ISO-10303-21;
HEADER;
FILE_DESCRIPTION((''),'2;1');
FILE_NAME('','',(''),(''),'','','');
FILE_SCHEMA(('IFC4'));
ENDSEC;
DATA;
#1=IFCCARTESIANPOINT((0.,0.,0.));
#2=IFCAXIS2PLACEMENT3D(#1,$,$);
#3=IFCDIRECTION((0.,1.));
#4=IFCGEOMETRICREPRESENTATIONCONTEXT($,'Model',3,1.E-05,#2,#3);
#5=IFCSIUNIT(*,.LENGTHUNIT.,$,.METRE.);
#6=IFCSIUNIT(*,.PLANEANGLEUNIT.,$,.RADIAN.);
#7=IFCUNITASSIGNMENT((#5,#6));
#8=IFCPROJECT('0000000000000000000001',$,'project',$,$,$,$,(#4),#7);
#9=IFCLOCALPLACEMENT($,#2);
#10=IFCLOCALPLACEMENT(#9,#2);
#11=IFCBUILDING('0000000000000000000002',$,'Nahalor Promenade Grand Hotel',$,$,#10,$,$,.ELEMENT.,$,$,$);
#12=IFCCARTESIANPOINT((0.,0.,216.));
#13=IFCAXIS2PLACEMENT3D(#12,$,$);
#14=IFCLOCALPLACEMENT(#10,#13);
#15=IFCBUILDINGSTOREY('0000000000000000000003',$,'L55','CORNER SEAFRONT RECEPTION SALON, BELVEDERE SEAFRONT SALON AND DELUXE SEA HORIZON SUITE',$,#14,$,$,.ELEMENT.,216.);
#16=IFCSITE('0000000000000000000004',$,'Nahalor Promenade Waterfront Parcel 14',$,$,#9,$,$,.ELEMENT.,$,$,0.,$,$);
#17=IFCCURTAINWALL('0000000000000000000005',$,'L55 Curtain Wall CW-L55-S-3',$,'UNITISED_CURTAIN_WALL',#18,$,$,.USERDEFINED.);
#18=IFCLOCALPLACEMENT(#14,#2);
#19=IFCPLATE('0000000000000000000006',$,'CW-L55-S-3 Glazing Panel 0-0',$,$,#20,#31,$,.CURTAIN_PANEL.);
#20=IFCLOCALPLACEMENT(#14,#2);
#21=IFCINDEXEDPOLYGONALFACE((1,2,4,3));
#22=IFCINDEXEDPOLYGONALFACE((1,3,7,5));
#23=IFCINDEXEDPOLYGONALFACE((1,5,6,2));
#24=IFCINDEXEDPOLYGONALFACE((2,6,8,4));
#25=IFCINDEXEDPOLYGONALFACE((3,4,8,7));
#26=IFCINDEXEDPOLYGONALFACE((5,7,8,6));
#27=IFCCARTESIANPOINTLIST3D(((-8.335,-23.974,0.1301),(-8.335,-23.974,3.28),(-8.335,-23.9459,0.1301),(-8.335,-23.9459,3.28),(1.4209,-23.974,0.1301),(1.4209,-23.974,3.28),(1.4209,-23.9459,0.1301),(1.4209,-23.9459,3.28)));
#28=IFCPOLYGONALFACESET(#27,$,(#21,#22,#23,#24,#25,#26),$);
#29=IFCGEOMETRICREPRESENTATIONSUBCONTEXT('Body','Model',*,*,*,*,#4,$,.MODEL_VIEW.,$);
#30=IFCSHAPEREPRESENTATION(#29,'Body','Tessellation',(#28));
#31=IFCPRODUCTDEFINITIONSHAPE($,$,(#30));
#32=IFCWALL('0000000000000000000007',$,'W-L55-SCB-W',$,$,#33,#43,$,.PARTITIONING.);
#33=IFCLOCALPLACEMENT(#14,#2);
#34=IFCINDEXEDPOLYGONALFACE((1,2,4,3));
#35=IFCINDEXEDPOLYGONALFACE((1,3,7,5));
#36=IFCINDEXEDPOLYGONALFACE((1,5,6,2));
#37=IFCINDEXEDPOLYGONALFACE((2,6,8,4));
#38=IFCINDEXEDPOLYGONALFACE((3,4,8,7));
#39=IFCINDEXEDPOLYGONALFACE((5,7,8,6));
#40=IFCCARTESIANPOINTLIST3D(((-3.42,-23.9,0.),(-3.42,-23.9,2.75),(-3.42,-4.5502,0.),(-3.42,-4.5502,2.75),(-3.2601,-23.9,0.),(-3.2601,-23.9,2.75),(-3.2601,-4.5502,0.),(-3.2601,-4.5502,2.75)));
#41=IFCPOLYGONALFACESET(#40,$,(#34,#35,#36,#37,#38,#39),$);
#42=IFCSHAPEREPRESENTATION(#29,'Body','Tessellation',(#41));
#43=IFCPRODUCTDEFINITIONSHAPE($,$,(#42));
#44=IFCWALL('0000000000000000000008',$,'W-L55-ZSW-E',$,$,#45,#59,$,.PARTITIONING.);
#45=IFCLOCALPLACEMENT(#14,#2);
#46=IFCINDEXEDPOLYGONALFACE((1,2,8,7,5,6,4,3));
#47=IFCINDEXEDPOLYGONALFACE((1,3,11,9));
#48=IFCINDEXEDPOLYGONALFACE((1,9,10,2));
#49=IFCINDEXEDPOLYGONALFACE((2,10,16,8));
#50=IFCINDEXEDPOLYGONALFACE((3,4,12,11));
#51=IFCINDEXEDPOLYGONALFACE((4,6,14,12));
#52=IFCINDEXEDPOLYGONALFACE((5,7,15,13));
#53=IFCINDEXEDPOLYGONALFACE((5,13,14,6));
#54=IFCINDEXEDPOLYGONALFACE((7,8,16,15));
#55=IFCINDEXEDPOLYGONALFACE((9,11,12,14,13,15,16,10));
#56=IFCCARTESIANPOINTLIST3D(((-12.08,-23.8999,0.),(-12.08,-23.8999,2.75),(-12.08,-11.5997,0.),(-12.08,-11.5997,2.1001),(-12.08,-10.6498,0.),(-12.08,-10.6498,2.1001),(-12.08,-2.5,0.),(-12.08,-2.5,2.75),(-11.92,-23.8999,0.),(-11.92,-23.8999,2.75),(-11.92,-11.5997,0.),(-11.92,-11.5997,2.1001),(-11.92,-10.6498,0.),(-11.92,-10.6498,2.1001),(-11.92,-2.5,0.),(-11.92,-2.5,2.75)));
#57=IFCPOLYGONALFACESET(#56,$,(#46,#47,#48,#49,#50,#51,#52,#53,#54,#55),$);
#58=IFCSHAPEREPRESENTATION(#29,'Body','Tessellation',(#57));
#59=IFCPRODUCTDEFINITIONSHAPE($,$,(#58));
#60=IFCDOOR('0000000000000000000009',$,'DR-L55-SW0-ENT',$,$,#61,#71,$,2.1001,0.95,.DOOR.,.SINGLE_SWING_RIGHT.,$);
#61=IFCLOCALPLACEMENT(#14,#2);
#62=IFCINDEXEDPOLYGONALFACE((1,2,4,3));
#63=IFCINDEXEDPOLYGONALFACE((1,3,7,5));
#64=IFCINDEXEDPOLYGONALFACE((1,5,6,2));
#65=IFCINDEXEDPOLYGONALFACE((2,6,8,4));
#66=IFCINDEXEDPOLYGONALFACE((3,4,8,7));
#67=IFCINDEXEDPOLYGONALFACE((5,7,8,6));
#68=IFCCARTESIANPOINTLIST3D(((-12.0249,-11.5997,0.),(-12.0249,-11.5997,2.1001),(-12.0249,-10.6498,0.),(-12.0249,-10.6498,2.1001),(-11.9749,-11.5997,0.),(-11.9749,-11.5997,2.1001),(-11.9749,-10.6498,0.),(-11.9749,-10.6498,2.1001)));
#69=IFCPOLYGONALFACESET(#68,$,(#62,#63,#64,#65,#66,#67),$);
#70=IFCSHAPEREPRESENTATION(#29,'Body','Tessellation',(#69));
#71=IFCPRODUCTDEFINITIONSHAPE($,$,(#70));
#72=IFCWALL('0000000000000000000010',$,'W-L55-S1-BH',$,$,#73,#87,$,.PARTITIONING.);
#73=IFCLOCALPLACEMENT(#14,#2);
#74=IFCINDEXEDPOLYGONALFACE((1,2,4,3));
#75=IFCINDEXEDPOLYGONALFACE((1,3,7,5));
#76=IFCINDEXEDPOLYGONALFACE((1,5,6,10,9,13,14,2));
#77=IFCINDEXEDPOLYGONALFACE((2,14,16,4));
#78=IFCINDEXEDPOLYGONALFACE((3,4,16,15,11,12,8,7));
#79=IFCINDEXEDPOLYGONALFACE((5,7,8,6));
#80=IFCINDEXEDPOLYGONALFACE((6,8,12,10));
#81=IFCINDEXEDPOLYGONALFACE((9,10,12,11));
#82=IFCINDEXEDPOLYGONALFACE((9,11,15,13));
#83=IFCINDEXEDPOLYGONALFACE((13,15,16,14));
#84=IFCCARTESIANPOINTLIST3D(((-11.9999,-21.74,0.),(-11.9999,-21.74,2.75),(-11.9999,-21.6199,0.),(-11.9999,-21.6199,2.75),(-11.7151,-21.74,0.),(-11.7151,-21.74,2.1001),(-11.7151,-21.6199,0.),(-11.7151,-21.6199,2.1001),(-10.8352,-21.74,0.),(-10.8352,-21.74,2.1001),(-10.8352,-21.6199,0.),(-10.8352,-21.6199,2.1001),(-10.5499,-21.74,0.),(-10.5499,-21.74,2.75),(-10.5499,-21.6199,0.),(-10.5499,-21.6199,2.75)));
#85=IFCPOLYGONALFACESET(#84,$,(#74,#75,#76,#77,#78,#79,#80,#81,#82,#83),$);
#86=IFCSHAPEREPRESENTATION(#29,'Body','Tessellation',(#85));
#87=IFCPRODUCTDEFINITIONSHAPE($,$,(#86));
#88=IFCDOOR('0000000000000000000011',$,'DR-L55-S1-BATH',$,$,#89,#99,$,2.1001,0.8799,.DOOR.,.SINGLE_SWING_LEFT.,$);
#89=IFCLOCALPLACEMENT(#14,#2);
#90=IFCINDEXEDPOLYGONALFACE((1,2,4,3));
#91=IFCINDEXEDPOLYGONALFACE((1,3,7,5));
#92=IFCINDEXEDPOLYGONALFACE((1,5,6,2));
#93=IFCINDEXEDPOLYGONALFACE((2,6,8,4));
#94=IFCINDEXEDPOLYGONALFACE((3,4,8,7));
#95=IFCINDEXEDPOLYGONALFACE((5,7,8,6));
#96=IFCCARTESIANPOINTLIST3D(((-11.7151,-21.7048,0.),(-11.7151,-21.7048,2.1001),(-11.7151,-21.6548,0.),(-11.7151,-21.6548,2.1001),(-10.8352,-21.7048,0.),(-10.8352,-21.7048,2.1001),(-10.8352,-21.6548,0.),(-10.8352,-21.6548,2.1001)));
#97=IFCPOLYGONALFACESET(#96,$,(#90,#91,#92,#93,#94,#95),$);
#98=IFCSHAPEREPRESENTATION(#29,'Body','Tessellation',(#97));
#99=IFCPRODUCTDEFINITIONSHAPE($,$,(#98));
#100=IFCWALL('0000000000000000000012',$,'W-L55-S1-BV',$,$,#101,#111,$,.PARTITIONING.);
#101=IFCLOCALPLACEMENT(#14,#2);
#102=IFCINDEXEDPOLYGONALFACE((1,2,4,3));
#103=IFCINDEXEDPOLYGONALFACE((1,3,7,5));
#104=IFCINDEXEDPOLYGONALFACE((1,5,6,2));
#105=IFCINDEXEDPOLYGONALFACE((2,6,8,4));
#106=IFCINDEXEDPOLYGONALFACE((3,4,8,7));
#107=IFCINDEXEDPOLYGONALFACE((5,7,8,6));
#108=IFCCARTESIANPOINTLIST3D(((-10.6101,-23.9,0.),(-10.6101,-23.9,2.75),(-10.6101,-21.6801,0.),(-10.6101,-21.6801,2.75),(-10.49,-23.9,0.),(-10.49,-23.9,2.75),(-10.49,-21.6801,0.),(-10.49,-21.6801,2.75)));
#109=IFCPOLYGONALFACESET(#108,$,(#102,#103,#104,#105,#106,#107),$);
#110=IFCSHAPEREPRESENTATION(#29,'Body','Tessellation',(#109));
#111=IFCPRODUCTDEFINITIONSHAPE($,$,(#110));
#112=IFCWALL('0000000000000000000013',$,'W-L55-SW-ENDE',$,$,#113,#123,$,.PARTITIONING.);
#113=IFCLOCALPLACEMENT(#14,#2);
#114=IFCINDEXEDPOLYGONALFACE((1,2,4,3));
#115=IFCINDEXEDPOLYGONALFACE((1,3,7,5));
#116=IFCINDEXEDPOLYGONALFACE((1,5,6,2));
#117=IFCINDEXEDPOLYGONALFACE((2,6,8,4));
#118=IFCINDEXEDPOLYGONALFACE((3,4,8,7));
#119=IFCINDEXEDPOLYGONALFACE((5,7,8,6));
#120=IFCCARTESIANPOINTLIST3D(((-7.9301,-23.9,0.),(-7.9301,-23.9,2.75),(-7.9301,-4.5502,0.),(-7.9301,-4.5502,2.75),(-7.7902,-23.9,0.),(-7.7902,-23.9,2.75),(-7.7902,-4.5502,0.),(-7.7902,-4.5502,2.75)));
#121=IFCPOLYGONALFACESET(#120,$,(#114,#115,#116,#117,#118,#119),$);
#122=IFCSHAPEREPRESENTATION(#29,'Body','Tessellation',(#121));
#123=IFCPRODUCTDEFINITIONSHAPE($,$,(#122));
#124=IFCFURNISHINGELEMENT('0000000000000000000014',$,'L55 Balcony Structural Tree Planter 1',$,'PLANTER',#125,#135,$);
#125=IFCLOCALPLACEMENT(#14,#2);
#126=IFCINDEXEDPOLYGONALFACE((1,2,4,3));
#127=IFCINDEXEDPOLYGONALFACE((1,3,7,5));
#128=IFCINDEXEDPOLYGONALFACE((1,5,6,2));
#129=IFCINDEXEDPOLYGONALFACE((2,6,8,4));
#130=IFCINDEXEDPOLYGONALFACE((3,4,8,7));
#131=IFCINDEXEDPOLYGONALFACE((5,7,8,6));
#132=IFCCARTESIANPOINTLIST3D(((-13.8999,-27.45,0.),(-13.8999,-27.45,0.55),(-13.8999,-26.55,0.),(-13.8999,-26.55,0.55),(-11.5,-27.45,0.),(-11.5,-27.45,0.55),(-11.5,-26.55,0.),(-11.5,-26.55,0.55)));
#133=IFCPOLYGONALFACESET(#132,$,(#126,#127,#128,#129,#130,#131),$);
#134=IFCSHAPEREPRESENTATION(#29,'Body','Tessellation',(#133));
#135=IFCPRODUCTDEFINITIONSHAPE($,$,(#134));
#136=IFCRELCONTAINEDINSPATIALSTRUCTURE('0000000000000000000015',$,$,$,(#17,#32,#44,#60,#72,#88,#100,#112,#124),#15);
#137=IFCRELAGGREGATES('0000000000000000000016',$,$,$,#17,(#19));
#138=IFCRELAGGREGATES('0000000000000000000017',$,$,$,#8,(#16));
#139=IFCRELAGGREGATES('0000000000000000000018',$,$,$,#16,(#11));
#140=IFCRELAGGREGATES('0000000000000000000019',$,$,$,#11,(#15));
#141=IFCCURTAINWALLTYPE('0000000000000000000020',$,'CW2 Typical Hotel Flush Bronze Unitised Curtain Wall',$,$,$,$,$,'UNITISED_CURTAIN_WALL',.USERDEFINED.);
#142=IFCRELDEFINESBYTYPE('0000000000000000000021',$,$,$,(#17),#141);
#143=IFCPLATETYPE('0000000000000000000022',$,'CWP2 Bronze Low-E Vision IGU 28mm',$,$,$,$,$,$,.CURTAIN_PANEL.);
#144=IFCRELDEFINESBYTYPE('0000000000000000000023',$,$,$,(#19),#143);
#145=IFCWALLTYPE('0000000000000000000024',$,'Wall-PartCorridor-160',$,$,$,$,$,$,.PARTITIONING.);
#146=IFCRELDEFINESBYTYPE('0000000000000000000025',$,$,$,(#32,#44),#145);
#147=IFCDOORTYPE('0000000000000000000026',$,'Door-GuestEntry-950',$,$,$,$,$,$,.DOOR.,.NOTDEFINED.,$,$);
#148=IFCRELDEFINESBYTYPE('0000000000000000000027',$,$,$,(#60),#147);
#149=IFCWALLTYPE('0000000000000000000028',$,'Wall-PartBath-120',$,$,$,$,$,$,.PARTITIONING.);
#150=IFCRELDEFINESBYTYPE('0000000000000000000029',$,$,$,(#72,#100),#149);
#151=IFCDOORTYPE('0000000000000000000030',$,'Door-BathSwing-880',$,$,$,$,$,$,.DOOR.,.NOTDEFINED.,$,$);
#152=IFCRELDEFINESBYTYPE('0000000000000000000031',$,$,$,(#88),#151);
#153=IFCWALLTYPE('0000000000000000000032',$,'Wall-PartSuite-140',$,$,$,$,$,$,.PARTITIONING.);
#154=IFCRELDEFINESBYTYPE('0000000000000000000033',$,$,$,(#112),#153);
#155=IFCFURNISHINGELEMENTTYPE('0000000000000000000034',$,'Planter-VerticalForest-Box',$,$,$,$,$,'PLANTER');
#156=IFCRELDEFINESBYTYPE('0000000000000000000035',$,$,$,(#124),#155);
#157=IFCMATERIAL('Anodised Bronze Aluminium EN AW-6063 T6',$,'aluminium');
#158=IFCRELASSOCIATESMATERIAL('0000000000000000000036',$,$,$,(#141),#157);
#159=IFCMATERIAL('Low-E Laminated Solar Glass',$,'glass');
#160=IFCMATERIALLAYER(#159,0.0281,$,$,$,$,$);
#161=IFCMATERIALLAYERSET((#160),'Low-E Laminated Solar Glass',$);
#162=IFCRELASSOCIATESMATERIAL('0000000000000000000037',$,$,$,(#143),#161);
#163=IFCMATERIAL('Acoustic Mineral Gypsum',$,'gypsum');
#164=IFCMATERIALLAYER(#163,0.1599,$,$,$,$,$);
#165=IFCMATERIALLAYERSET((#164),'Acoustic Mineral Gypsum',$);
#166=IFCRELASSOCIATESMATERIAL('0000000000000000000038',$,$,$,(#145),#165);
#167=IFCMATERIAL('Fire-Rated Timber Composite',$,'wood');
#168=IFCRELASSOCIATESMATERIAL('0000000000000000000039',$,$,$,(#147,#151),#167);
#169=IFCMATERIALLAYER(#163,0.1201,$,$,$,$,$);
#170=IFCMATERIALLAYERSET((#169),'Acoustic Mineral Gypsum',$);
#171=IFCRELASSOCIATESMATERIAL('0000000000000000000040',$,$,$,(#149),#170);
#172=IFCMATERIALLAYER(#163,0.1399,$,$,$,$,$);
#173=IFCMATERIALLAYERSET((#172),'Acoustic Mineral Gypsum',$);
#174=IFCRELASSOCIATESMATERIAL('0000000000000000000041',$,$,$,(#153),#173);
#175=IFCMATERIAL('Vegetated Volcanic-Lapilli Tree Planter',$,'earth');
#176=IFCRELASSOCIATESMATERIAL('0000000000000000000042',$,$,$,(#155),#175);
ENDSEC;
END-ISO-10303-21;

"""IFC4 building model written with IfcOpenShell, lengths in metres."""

from ifc_helpers import new_model, si_unit, direction, frame, frame_2d, origin, origin_2d, place, context, subcontext, project, spatial, rectangle, extrude, source, transform, mapped, material, layer, layer_set, type_object, element, fill, aggregate, save


model = new_model("IFC4")

# Units and contexts
model_context = context("Model", 3, precision=1e-05, world=origin(), true_north=direction((0.0, 1.0)))
body_context = subcontext(model_context, "Body", "Model", "MODEL_VIEW")
ifc_project = project(units=[si_unit("LENGTHUNIT", "METRE"), si_unit("PLANEANGLEUNIT", "RADIAN")], contexts=[model_context])

# Site, building, storey
site_placement = place(None, origin())
site = spatial("IfcSite", under=ifc_project, at=site_placement, Name="Nahalor Promenade Waterfront Parcel 14", CompositionType="ELEMENT", RefElevation=0.0)
building_placement = place(site_placement, origin())
building = spatial("IfcBuilding", under=site, at=building_placement, Name="Nahalor Promenade Grand Hotel", CompositionType="ELEMENT")
storey_placement = place(building_placement, frame((0.0, 0.0, 216.0)))
storey = spatial("IfcBuildingStorey", under=building, at=storey_placement, Name="L55", Description="CORNER SEAFRONT RECEPTION SALON, BELVEDERE SEAFRONT SALON AND DELUXE SEA HORIZON SUITE", CompositionType="ELEMENT", Elevation=216.0)

# Curtain wall, plate
ifc_material_1 = material(Name="Anodised Bronze Aluminium EN AW-6063 T6", Category="aluminium")
curtain_wall_type = type_object("IfcCurtainWallType", Name="CW2 Typical Hotel Flush Bronze Unitised Curtain Wall", ElementType="UNITISED_CURTAIN_WALL", PredefinedType="USERDEFINED", material=ifc_material_1)
curtain_wall_placement = place(storey_placement, origin())
curtain_wall = element("IfcCurtainWall", 1, at=curtain_wall_placement, inside=storey, type_object=curtain_wall_type, Name="L55 Curtain Wall CW-L55-S-3", ObjectType="UNITISED_CURTAIN_WALL", PredefinedType="USERDEFINED")
ifc_material_2 = material(Name="Low-E Laminated Solar Glass", Category="glass")
ifc_layer_1 = layer(ifc_material_2, 0.0281)
ifc_layer_set_1 = layer_set([ifc_layer_1], Name="Low-E Laminated Solar Glass")
plate_type = type_object("IfcPlateType", Name="CWP2 Bronze Low-E Vision IGU 28mm", PredefinedType="CURTAIN_PANEL", material=ifc_layer_set_1)
shared_shape_1 = source(origin(), body_context, "Body", "SweptSolid", [
    extrude(rectangle(XDim=9.7559, YDim=0.0281, at=origin_2d()), origin(), (0.0, 0.0, 1.0), 3.1499),
])
plate_placement = place(storey_placement, frame((-3.457, -23.96, 0.1301), z_axis=(0.0, 0.0, 1.0), x_axis=(1.0, 0.0, 0.0)))
plate = element("IfcPlate", 2, at=plate_placement, type_object=plate_type, Name="CW-L55-S-3 Glazing Panel 0-0", PredefinedType="CURTAIN_PANEL", context=body_context, shape_type="MappedRepresentation", body=[
    mapped(shared_shape_1, transform((0.0, 0.0, 0.0), scale=1.0)),
])
aggregate(curtain_wall, [plate])

# Wall
ifc_material_3 = material(Name="Acoustic Mineral Gypsum", Category="gypsum")
ifc_layer_2 = layer(ifc_material_3, 0.1599)
ifc_layer_set_2 = layer_set([ifc_layer_2], Name="Acoustic Mineral Gypsum")
wall_type_1 = type_object("IfcWallType", Name="Wall-PartCorridor-160", PredefinedType="PARTITIONING", material=ifc_layer_set_2)
shared_shape_2 = source(origin(), body_context, "Body", "SweptSolid", [
    extrude(rectangle(XDim=19.3499, YDim=0.1599, at=frame_2d((9.6748, 0.0))), origin(), (0.0, 0.0, 1.0), 2.75),
])
wall_1_placement = place(storey_placement, frame((-3.3401, -23.8999, 0.0), z_axis=(0.0, 0.0, 1.0), x_axis=(0.0, 1.0, 0.0)))
element("IfcWall", 3, at=wall_1_placement, inside=storey, type_object=wall_type_1, Name="W-L55-SCB-W", PredefinedType="PARTITIONING", context=body_context, shape_type="MappedRepresentation", body=[
    mapped(shared_shape_2, transform((0.0, 0.0, 0.0), scale=1.0)),
])

# Walls, openings, doors
shared_shape_3 = source(origin(), body_context, "Body", "SweptSolid", [
    extrude(rectangle(XDim=21.3999, YDim=0.1599, at=frame_2d((10.7, 0.0))), origin(), (0.0, 0.0, 1.0), 2.75),
])
wall_2_placement = place(storey_placement, frame((-12.0, -23.8999, 0.0), z_axis=(0.0, 0.0, 1.0), x_axis=(0.0, 1.0, 0.0)))
wall_2 = element("IfcWall", 4, at=wall_2_placement, inside=storey, type_object=wall_type_1, Name="W-L55-ZSW-E", PredefinedType="PARTITIONING", context=body_context, shape_type="MappedRepresentation", body=[
    mapped(shared_shape_3, transform((0.0, 0.0, 0.0), scale=1.0)),
])
opening_1_placement = place(wall_2_placement, frame((12.3, 0.0, 0.0)))
opening_1 = element("IfcOpeningElement", 5, at=opening_1_placement, cuts=wall_2, PredefinedType="OPENING", context=body_context, shape_type="SweptSolid", body=[
    extrude(rectangle(XDim=0.95, YDim=2.1001, at=frame_2d((0.4751, 1.05))), frame((0.0, 0.0898, 0.0), z_axis=(0.0, -1.0, 0.0), x_axis=(1.0, 0.0, 0.0)), (0.0, 0.0, 1.0), 0.1799),
])
ifc_material_4 = material(Name="Fire-Rated Timber Composite", Category="wood")
door_type_1 = type_object("IfcDoorType", Name="Door-GuestEntry-950", OperationType="NOTDEFINED", PredefinedType="DOOR", material=ifc_material_4)
shared_shape_4 = source(origin(), body_context, "Body", "SweptSolid", [
    extrude(rectangle(XDim=0.95, YDim=2.1001, at=frame_2d((0.4751, 1.05))), frame((0.0, 0.0249, 0.0), z_axis=(0.0, -1.0, 0.0), x_axis=(1.0, 0.0, 0.0)), (0.0, 0.0, 1.0), 0.05),
])
door_1_placement = place(opening_1_placement, origin())
door_1 = element("IfcDoor", 6, at=door_1_placement, inside=storey, type_object=door_type_1, Name="DR-L55-SW0-ENT", OperationType="SINGLE_SWING_RIGHT", OverallHeight=2.1001, OverallWidth=0.95, PredefinedType="DOOR", context=body_context, shape_type="MappedRepresentation", body=[
    mapped(shared_shape_4, transform((0.0, 0.0, 0.0), scale=1.0)),
])
fill(opening_1, door_1)
ifc_layer_3 = layer(ifc_material_3, 0.1201)
ifc_layer_set_3 = layer_set([ifc_layer_3], Name="Acoustic Mineral Gypsum")
wall_type_2 = type_object("IfcWallType", Name="Wall-PartBath-120", PredefinedType="PARTITIONING", material=ifc_layer_set_3)
shared_shape_5 = source(origin(), body_context, "Body", "SweptSolid", [
    extrude(rectangle(XDim=1.45, YDim=0.1201, at=frame_2d((0.7251, 0.0))), origin(), (0.0, 0.0, 1.0), 2.75),
])
wall_3_placement = place(storey_placement, frame((-12.0, -21.6799, 0.0), z_axis=(0.0, 0.0, 1.0), x_axis=(1.0, 0.0, 0.0)))
wall_3 = element("IfcWall", 7, at=wall_3_placement, inside=storey, type_object=wall_type_2, Name="W-L55-S1-BH", PredefinedType="PARTITIONING", context=body_context, shape_type="MappedRepresentation", body=[
    mapped(shared_shape_5, transform((0.0, 0.0, 0.0), scale=1.0)),
])
opening_2_placement = place(wall_3_placement, frame((0.2849, 0.0, 0.0)))
opening_2 = element("IfcOpeningElement", 8, at=opening_2_placement, cuts=wall_3, PredefinedType="OPENING", context=body_context, shape_type="SweptSolid", body=[
    extrude(rectangle(XDim=0.8799, YDim=2.1001, at=frame_2d((0.4399, 1.05))), frame((0.0, 0.0701, 0.0), z_axis=(0.0, -1.0, 0.0), x_axis=(1.0, 0.0, 0.0)), (0.0, 0.0, 1.0), 0.1401),
])
door_type_2 = type_object("IfcDoorType", Name="Door-BathSwing-880", OperationType="NOTDEFINED", PredefinedType="DOOR", material=ifc_material_4)
shared_shape_6 = source(origin(), body_context, "Body", "SweptSolid", [
    extrude(rectangle(XDim=0.8799, YDim=2.1001, at=frame_2d((0.4399, 1.05))), frame((0.0, 0.0249, 0.0), z_axis=(0.0, -1.0, 0.0), x_axis=(1.0, 0.0, 0.0)), (0.0, 0.0, 1.0), 0.05),
])
door_2_placement = place(opening_2_placement, frame((0.8799, 0.0, 0.0), z_axis=(0.0, 0.0, 1.0), x_axis=(-1.0, 0.0, 0.0)))
door_2 = element("IfcDoor", 9, at=door_2_placement, inside=storey, type_object=door_type_2, Name="DR-L55-S1-BATH", OperationType="SINGLE_SWING_LEFT", OverallHeight=2.1001, OverallWidth=0.8799, PredefinedType="DOOR", context=body_context, shape_type="MappedRepresentation", body=[
    mapped(shared_shape_6, transform((0.0, 0.0, 0.0), scale=1.0)),
])
fill(opening_2, door_2)

# Walls
shared_shape_7 = source(origin(), body_context, "Body", "SweptSolid", [
    extrude(rectangle(XDim=2.22, YDim=0.1201, at=frame_2d((1.1099, 0.0))), origin(), (0.0, 0.0, 1.0), 2.75),
])
wall_4_placement = place(storey_placement, frame((-10.55, -23.8999, 0.0), z_axis=(0.0, 0.0, 1.0), x_axis=(0.0, 1.0, 0.0)))
element("IfcWall", 10, at=wall_4_placement, inside=storey, type_object=wall_type_2, Name="W-L55-S1-BV", PredefinedType="PARTITIONING", context=body_context, shape_type="MappedRepresentation", body=[
    mapped(shared_shape_7, transform((0.0, 0.0, 0.0), scale=1.0)),
])
ifc_layer_4 = layer(ifc_material_3, 0.1399)
ifc_layer_set_4 = layer_set([ifc_layer_4], Name="Acoustic Mineral Gypsum")
wall_type_3 = type_object("IfcWallType", Name="Wall-PartSuite-140", PredefinedType="PARTITIONING", material=ifc_layer_set_4)
shared_shape_8 = source(origin(), body_context, "Body", "SweptSolid", [
    extrude(rectangle(XDim=19.3499, YDim=0.1399, at=frame_2d((9.6748, 0.0))), origin(), (0.0, 0.0, 1.0), 2.75),
])
wall_5_placement = place(storey_placement, frame((-7.8601, -23.8999, 0.0), z_axis=(0.0, 0.0, 1.0), x_axis=(0.0, 1.0, 0.0)))
element("IfcWall", 11, at=wall_5_placement, inside=storey, type_object=wall_type_3, Name="W-L55-SW-ENDE", PredefinedType="PARTITIONING", context=body_context, shape_type="MappedRepresentation", body=[
    mapped(shared_shape_8, transform((0.0, 0.0, 0.0), scale=1.0)),
])

# Furnishing element
ifc_material_5 = material(Name="Vegetated Volcanic-Lapilli Tree Planter", Category="earth")
furnishing_element_type = type_object("IfcFurnishingElementType", Name="Planter-VerticalForest-Box", ElementType="PLANTER", material=ifc_material_5)
shared_shape_9 = source(origin(), body_context, "Body", "SweptSolid", [
    extrude(rectangle(XDim=2.3999, YDim=0.8999, at=origin_2d()), origin(), (0.0, 0.0, 1.0), 0.55),
])
furnishing_placement = place(storey_placement, frame((-12.7, -27.0, 0.0), z_axis=(0.0, 0.0, 1.0), x_axis=(1.0, 0.0, 0.0)))
element("IfcFurnishingElement", 12, at=furnishing_placement, inside=storey, type_object=furnishing_element_type, Name="L55 Balcony Structural Tree Planter 1", ObjectType="PLANTER", context=body_context, shape_type="MappedRepresentation", body=[
    mapped(shared_shape_9, transform((0.0, 0.0, 0.0), scale=1.0)),
])

save(model, "model.ifc")
